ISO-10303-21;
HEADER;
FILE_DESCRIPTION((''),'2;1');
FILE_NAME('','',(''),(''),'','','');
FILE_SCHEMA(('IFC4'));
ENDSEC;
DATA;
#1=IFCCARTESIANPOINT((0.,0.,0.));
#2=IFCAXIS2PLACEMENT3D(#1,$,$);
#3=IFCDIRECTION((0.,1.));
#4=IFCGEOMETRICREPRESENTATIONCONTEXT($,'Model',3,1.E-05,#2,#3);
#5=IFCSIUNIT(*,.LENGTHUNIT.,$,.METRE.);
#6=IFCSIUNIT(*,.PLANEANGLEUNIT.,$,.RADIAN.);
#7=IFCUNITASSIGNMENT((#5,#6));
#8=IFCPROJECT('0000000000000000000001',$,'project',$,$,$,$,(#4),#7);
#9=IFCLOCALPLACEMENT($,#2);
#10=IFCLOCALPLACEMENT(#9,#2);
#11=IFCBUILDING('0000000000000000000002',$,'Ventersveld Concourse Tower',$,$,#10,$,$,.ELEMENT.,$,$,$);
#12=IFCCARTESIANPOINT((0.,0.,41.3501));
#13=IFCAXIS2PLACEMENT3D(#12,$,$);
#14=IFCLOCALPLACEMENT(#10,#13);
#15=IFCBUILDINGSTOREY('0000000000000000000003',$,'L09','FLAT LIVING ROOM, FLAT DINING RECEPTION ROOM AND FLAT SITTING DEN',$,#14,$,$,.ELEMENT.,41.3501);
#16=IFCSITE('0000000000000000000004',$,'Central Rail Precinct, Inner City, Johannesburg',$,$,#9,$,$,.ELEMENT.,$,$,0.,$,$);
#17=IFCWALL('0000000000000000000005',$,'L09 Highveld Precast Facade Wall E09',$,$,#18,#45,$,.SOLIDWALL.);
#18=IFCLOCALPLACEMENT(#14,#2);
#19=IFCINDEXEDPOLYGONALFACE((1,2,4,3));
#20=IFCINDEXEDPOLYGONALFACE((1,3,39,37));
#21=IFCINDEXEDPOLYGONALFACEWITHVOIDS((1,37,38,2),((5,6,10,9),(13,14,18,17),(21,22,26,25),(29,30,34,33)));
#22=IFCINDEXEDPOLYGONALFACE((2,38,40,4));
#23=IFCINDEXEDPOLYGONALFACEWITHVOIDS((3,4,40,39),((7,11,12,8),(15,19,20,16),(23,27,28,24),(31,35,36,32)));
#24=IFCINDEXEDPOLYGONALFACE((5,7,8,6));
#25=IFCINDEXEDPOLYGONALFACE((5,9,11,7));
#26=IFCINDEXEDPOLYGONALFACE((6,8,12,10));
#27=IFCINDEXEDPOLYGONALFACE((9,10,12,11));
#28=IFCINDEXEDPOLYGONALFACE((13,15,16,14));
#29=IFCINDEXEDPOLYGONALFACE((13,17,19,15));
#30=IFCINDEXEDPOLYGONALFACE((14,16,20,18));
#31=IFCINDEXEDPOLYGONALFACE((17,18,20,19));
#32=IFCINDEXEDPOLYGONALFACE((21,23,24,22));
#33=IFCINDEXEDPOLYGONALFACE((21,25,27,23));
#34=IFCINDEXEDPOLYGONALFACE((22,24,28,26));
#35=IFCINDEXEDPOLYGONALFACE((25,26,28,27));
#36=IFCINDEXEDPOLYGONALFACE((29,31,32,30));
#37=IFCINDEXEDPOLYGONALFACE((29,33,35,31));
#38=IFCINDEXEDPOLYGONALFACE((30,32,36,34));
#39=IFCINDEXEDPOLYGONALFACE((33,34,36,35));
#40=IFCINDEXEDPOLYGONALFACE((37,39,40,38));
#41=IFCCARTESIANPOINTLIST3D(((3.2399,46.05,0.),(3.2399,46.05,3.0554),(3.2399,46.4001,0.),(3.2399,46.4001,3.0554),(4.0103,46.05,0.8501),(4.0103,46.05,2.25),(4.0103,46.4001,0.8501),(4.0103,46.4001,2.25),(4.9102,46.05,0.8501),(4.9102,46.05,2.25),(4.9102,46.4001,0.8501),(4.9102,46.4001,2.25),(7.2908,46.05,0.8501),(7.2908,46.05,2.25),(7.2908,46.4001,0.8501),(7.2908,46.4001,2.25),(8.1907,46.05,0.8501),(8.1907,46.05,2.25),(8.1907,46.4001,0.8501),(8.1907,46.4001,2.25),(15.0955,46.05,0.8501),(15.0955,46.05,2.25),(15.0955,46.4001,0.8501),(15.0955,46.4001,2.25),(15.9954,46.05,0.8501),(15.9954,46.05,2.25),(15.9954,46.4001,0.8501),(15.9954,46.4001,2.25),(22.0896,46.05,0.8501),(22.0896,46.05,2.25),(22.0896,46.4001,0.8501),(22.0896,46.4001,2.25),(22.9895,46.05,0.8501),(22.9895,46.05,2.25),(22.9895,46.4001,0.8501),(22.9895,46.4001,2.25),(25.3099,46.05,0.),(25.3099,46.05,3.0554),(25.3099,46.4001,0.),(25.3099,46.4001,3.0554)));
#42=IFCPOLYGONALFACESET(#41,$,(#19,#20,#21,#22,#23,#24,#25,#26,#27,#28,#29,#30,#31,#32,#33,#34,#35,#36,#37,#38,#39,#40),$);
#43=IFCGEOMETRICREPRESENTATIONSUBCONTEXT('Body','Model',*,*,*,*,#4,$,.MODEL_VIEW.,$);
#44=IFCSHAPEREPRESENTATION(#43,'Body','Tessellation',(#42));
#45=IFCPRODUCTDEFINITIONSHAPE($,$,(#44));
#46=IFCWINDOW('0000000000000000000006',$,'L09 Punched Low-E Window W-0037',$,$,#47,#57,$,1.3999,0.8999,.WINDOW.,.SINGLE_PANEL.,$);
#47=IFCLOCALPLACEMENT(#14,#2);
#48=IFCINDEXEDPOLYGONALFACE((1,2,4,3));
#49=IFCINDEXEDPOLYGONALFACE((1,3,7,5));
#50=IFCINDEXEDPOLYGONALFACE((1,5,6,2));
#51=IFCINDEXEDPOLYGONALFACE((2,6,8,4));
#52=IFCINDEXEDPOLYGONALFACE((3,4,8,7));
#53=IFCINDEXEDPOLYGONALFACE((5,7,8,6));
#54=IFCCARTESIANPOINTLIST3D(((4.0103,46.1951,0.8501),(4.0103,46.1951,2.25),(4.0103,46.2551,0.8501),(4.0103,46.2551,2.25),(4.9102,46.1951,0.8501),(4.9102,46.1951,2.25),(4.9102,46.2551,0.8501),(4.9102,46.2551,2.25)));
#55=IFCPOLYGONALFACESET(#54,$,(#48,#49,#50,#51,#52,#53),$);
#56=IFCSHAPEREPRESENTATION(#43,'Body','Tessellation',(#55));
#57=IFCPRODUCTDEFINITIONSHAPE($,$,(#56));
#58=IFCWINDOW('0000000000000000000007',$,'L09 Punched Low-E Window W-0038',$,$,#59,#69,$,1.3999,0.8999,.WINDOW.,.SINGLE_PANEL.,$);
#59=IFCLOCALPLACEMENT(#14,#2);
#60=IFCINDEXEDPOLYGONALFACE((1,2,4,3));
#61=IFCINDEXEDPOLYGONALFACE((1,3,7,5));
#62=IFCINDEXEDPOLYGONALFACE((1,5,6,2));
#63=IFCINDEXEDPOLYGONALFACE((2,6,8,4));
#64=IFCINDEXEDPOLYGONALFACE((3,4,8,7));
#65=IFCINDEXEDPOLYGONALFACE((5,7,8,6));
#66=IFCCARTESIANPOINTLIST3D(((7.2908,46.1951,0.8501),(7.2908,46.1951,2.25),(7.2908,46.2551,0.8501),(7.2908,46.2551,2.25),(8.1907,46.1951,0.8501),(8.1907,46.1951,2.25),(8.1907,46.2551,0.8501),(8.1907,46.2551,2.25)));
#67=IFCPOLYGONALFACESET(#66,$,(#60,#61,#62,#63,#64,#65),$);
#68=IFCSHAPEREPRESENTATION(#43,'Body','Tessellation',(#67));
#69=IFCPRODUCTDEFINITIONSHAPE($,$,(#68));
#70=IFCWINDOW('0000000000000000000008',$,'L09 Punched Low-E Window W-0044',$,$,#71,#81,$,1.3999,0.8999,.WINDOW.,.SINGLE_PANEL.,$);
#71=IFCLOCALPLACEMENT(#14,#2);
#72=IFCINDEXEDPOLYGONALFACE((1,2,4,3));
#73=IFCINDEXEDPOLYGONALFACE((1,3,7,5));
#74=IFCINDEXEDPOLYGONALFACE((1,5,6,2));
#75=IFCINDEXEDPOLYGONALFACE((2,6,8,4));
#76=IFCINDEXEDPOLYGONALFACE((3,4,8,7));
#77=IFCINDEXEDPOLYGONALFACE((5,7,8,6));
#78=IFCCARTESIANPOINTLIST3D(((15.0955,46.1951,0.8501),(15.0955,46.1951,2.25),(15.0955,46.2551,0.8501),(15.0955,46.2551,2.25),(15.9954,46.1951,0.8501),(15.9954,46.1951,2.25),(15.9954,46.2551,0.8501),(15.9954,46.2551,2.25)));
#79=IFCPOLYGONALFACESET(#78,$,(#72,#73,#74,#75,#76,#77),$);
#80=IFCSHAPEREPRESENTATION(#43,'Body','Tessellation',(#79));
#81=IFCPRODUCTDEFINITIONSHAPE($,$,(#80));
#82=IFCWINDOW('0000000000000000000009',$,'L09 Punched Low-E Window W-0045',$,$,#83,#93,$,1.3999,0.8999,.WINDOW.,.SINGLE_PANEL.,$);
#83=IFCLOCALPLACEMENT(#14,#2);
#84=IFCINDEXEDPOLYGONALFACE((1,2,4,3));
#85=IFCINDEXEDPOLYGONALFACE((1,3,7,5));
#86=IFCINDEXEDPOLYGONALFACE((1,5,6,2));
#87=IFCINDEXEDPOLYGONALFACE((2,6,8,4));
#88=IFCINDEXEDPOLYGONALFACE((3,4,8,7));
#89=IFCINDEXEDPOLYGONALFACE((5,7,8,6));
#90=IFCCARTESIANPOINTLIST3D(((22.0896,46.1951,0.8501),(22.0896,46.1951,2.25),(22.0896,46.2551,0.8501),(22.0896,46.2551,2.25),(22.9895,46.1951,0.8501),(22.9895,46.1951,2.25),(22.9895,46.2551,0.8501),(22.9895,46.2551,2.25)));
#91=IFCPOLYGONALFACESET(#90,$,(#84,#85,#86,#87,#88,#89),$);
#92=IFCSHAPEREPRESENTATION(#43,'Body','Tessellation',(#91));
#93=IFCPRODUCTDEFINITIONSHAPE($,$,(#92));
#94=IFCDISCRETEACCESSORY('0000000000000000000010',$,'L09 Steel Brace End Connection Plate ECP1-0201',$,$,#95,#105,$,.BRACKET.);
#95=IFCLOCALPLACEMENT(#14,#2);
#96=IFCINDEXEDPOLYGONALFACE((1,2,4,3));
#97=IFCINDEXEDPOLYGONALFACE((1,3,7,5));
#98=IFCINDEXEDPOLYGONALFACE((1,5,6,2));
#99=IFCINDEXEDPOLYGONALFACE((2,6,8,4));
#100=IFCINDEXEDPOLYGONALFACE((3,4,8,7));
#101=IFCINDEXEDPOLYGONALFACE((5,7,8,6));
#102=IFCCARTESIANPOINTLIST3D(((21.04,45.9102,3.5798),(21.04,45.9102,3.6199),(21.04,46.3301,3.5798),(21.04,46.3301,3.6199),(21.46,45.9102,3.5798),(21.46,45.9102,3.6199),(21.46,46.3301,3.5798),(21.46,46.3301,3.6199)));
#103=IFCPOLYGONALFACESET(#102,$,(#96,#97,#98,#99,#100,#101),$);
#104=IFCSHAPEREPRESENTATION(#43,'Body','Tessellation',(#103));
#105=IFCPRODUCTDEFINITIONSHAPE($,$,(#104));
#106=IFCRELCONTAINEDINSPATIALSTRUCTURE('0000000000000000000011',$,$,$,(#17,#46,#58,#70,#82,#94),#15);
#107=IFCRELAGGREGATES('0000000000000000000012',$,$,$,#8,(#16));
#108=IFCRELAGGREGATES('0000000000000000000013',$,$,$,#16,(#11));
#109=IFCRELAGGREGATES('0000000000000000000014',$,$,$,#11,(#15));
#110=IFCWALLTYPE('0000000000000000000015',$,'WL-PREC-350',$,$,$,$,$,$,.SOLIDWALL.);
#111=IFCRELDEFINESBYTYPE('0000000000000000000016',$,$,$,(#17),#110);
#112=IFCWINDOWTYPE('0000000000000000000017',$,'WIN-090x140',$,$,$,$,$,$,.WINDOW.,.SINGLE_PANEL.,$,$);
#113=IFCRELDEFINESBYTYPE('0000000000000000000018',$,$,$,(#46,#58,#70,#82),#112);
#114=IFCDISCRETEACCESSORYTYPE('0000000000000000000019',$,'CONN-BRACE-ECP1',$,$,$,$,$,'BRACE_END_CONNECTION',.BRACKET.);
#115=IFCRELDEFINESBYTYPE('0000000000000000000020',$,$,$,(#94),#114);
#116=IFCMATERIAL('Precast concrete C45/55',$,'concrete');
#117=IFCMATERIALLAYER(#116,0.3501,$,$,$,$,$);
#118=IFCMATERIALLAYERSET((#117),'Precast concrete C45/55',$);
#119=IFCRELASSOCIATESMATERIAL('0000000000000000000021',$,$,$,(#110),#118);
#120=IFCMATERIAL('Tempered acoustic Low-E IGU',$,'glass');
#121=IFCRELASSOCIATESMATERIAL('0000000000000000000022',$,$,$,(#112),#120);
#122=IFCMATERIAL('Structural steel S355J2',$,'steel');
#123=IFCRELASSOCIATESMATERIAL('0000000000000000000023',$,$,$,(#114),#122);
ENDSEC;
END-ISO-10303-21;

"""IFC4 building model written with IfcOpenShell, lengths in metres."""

from ifc_helpers import new_model, si_unit, direction, frame, frame_2d, origin, origin_2d, place, context, subcontext, project, spatial, rectangle, extrude, material, layer, layer_set, type_object, element, fill, save


model = new_model("IFC4")

# Units and contexts
model_context = context("Model", 3, precision=1e-05, world=origin(), true_north=direction((0.0, 1.0)))
body_context = subcontext(model_context, "Body", "Model", "MODEL_VIEW")
ifc_project = project(units=[si_unit("LENGTHUNIT", "METRE"), si_unit("PLANEANGLEUNIT", "RADIAN")], contexts=[model_context])

# Site, building, storey
site_placement = place(None, origin())
site = spatial("IfcSite", under=ifc_project, at=site_placement, Name="Central Rail Precinct, Inner City, Johannesburg", CompositionType="ELEMENT", RefElevation=0.0)
building_placement = place(site_placement, origin())
building = spatial("IfcBuilding", under=site, at=building_placement, Name="Ventersveld Concourse Tower", CompositionType="ELEMENT")
storey_placement = place(building_placement, frame((0.0, 0.0, 41.3501)))
storey = spatial("IfcBuildingStorey", under=building, at=storey_placement, Name="L09", Description="FLAT LIVING ROOM, FLAT DINING RECEPTION ROOM AND FLAT SITTING DEN", CompositionType="ELEMENT", Elevation=41.3501)

# Shared definitions
ifc_material_1 = material(Name="Structural steel S355J2", Category="steel")

# Shared definitions
ifc_material_2 = material(Name="Precast concrete C45/55", Category="concrete")
ifc_layer_1 = layer(ifc_material_2, 0.3501)
ifc_layer_set_1 = layer_set([ifc_layer_1], Name="Precast concrete C45/55")
wall_type_1 = type_object("IfcWallType", Name="WL-PREC-350", PredefinedType="SOLIDWALL", material=ifc_layer_set_1)

# Wall, openings, windows
wall_1_placement = place(storey_placement, frame((25.3101, 46.2251, 0.0), z_axis=(0.0, 0.0, 1.0), x_axis=(-1.0, 0.0, 0.0)))
wall_1 = element("IfcWall", 1, at=wall_1_placement, inside=storey, type_object=wall_type_1, Name="L09 Highveld Precast Facade Wall E09", PredefinedType="SOLIDWALL", context=body_context, shape_type="SweptSolid", body=[
    extrude(rectangle(XDim=22.0701, YDim=0.3501, at=frame_2d((11.0352, 0.0))), origin(), (0.0, 0.0, 1.0), 3.0554),
])
opening_1_placement = place(wall_1_placement, frame((20.3999, 0.0, 0.8501)))
opening_1 = element("IfcOpeningElement", 2, at=opening_1_placement, cuts=wall_1, PredefinedType="OPENING", context=body_context, shape_type="SweptSolid", body=[
    extrude(rectangle(XDim=0.8999, YDim=1.3999, at=frame_2d((0.45, 0.7))), frame((0.0, 0.1851, 0.0), z_axis=(0.0, -1.0, 0.0), x_axis=(1.0, 0.0, 0.0)), (0.0, 0.0, 1.0), 0.3701),
])
opening_2_placement = place(wall_1_placement, frame((17.1194, 0.0, 0.8501)))
opening_2 = element("IfcOpeningElement", 3, at=opening_2_placement, cuts=wall_1, PredefinedType="OPENING", context=body_context, shape_type="SweptSolid", body=[
    extrude(rectangle(XDim=0.8999, YDim=1.3999, at=frame_2d((0.45, 0.7))), frame((0.0, 0.1851, 0.0), z_axis=(0.0, -1.0, 0.0), x_axis=(1.0, 0.0, 0.0)), (0.0, 0.0, 1.0), 0.3701),
])
opening_3_placement = place(wall_1_placement, frame((9.3147, 0.0, 0.8501)))
opening_3 = element("IfcOpeningElement", 4, at=opening_3_placement, cuts=wall_1, PredefinedType="OPENING", context=body_context, shape_type="SweptSolid", body=[
    extrude(rectangle(XDim=0.8999, YDim=1.3999, at=frame_2d((0.45, 0.7))), frame((0.0, 0.1851, 0.0), z_axis=(0.0, -1.0, 0.0), x_axis=(1.0, 0.0, 0.0)), (0.0, 0.0, 1.0), 0.3701),
])
opening_4_placement = place(wall_1_placement, frame((2.3206, 0.0, 0.8501)))
opening_4 = element("IfcOpeningElement", 5, at=opening_4_placement, cuts=wall_1, PredefinedType="OPENING", context=body_context, shape_type="SweptSolid", body=[
    extrude(rectangle(XDim=0.8999, YDim=1.3999, at=frame_2d((0.45, 0.7))), frame((0.0, 0.1851, 0.0), z_axis=(0.0, -1.0, 0.0), x_axis=(1.0, 0.0, 0.0)), (0.0, 0.0, 1.0), 0.3701),
])
ifc_material_3 = material(Name="Tempered acoustic Low-E IGU", Category="glass")
window_type = type_object("IfcWindowType", Name="WIN-090x140", PartitioningType="SINGLE_PANEL", PredefinedType="WINDOW", material=ifc_material_3)
window_1_placement = place(opening_1_placement, origin())
window_1 = element("IfcWindow", 6, at=window_1_placement, inside=storey, type_object=window_type, Name="L09 Punched Low-E Window W-0037", OverallHeight=1.3999, OverallWidth=0.8999, PartitioningType="SINGLE_PANEL", PredefinedType="WINDOW", context=body_context, shape_type="SweptSolid", body=[
    extrude(rectangle(XDim=0.8999, YDim=1.3999, at=frame_2d((0.45, 0.7))), frame((0.0, 0.03, 0.0), z_axis=(0.0, -1.0, 0.0), x_axis=(1.0, 0.0, 0.0)), (0.0, 0.0, 1.0), 0.0601),
])
fill(opening_1, window_1)
window_2_placement = place(opening_2_placement, origin())
window_2 = element("IfcWindow", 7, at=window_2_placement, inside=storey, type_object=window_type, Name="L09 Punched Low-E Window W-0038", OverallHeight=1.3999, OverallWidth=0.8999, PartitioningType="SINGLE_PANEL", PredefinedType="WINDOW", context=body_context, shape_type="SweptSolid", body=[
    extrude(rectangle(XDim=0.8999, YDim=1.3999, at=frame_2d((0.45, 0.7))), frame((0.0, 0.03, 0.0), z_axis=(0.0, -1.0, 0.0), x_axis=(1.0, 0.0, 0.0)), (0.0, 0.0, 1.0), 0.0601),
])
fill(opening_2, window_2)
window_3_placement = place(opening_3_placement, origin())
window_3 = element("IfcWindow", 8, at=window_3_placement, inside=storey, type_object=window_type, Name="L09 Punched Low-E Window W-0044", OverallHeight=1.3999, OverallWidth=0.8999, PartitioningType="SINGLE_PANEL", PredefinedType="WINDOW", context=body_context, shape_type="SweptSolid", body=[
    extrude(rectangle(XDim=0.8999, YDim=1.3999, at=frame_2d((0.45, 0.7))), frame((0.0, 0.03, 0.0), z_axis=(0.0, -1.0, 0.0), x_axis=(1.0, 0.0, 0.0)), (0.0, 0.0, 1.0), 0.0601),
])
fill(opening_3, window_3)
window_4_placement = place(opening_4_placement, origin())
window_4 = element("IfcWindow", 9, at=window_4_placement, inside=storey, type_object=window_type, Name="L09 Punched Low-E Window W-0045", OverallHeight=1.3999, OverallWidth=0.8999, PartitioningType="SINGLE_PANEL", PredefinedType="WINDOW", context=body_context, shape_type="SweptSolid", body=[
    extrude(rectangle(XDim=0.8999, YDim=1.3999, at=frame_2d((0.45, 0.7))), frame((0.0, 0.03, 0.0), z_axis=(0.0, -1.0, 0.0), x_axis=(1.0, 0.0, 0.0)), (0.0, 0.0, 1.0), 0.0601),
])
fill(opening_4, window_4)

# Discrete accessory
discrete_accessory_type = type_object("IfcDiscreteAccessoryType", Name="CONN-BRACE-ECP1", ElementType="BRACE_END_CONNECTION", PredefinedType="BRACKET", material=ifc_material_1)
discrete_accessory_placement = place(storey_placement, frame((21.25, 46.1201, 3.5798), z_axis=(0.0, 0.0, 1.0), x_axis=(1.0, 0.0, 0.0)))
element("IfcDiscreteAccessory", 10, at=discrete_accessory_placement, inside=storey, type_object=discrete_accessory_type, Name="L09 Steel Brace End Connection Plate ECP1-0201", PredefinedType="BRACKET", context=body_context, shape_type="SweptSolid", body=[
    extrude(rectangle(XDim=0.4199, YDim=0.4199, at=origin_2d()), origin(), (0.0, 0.0, 1.0), 0.04),
])

save(model, "model.ifc")
